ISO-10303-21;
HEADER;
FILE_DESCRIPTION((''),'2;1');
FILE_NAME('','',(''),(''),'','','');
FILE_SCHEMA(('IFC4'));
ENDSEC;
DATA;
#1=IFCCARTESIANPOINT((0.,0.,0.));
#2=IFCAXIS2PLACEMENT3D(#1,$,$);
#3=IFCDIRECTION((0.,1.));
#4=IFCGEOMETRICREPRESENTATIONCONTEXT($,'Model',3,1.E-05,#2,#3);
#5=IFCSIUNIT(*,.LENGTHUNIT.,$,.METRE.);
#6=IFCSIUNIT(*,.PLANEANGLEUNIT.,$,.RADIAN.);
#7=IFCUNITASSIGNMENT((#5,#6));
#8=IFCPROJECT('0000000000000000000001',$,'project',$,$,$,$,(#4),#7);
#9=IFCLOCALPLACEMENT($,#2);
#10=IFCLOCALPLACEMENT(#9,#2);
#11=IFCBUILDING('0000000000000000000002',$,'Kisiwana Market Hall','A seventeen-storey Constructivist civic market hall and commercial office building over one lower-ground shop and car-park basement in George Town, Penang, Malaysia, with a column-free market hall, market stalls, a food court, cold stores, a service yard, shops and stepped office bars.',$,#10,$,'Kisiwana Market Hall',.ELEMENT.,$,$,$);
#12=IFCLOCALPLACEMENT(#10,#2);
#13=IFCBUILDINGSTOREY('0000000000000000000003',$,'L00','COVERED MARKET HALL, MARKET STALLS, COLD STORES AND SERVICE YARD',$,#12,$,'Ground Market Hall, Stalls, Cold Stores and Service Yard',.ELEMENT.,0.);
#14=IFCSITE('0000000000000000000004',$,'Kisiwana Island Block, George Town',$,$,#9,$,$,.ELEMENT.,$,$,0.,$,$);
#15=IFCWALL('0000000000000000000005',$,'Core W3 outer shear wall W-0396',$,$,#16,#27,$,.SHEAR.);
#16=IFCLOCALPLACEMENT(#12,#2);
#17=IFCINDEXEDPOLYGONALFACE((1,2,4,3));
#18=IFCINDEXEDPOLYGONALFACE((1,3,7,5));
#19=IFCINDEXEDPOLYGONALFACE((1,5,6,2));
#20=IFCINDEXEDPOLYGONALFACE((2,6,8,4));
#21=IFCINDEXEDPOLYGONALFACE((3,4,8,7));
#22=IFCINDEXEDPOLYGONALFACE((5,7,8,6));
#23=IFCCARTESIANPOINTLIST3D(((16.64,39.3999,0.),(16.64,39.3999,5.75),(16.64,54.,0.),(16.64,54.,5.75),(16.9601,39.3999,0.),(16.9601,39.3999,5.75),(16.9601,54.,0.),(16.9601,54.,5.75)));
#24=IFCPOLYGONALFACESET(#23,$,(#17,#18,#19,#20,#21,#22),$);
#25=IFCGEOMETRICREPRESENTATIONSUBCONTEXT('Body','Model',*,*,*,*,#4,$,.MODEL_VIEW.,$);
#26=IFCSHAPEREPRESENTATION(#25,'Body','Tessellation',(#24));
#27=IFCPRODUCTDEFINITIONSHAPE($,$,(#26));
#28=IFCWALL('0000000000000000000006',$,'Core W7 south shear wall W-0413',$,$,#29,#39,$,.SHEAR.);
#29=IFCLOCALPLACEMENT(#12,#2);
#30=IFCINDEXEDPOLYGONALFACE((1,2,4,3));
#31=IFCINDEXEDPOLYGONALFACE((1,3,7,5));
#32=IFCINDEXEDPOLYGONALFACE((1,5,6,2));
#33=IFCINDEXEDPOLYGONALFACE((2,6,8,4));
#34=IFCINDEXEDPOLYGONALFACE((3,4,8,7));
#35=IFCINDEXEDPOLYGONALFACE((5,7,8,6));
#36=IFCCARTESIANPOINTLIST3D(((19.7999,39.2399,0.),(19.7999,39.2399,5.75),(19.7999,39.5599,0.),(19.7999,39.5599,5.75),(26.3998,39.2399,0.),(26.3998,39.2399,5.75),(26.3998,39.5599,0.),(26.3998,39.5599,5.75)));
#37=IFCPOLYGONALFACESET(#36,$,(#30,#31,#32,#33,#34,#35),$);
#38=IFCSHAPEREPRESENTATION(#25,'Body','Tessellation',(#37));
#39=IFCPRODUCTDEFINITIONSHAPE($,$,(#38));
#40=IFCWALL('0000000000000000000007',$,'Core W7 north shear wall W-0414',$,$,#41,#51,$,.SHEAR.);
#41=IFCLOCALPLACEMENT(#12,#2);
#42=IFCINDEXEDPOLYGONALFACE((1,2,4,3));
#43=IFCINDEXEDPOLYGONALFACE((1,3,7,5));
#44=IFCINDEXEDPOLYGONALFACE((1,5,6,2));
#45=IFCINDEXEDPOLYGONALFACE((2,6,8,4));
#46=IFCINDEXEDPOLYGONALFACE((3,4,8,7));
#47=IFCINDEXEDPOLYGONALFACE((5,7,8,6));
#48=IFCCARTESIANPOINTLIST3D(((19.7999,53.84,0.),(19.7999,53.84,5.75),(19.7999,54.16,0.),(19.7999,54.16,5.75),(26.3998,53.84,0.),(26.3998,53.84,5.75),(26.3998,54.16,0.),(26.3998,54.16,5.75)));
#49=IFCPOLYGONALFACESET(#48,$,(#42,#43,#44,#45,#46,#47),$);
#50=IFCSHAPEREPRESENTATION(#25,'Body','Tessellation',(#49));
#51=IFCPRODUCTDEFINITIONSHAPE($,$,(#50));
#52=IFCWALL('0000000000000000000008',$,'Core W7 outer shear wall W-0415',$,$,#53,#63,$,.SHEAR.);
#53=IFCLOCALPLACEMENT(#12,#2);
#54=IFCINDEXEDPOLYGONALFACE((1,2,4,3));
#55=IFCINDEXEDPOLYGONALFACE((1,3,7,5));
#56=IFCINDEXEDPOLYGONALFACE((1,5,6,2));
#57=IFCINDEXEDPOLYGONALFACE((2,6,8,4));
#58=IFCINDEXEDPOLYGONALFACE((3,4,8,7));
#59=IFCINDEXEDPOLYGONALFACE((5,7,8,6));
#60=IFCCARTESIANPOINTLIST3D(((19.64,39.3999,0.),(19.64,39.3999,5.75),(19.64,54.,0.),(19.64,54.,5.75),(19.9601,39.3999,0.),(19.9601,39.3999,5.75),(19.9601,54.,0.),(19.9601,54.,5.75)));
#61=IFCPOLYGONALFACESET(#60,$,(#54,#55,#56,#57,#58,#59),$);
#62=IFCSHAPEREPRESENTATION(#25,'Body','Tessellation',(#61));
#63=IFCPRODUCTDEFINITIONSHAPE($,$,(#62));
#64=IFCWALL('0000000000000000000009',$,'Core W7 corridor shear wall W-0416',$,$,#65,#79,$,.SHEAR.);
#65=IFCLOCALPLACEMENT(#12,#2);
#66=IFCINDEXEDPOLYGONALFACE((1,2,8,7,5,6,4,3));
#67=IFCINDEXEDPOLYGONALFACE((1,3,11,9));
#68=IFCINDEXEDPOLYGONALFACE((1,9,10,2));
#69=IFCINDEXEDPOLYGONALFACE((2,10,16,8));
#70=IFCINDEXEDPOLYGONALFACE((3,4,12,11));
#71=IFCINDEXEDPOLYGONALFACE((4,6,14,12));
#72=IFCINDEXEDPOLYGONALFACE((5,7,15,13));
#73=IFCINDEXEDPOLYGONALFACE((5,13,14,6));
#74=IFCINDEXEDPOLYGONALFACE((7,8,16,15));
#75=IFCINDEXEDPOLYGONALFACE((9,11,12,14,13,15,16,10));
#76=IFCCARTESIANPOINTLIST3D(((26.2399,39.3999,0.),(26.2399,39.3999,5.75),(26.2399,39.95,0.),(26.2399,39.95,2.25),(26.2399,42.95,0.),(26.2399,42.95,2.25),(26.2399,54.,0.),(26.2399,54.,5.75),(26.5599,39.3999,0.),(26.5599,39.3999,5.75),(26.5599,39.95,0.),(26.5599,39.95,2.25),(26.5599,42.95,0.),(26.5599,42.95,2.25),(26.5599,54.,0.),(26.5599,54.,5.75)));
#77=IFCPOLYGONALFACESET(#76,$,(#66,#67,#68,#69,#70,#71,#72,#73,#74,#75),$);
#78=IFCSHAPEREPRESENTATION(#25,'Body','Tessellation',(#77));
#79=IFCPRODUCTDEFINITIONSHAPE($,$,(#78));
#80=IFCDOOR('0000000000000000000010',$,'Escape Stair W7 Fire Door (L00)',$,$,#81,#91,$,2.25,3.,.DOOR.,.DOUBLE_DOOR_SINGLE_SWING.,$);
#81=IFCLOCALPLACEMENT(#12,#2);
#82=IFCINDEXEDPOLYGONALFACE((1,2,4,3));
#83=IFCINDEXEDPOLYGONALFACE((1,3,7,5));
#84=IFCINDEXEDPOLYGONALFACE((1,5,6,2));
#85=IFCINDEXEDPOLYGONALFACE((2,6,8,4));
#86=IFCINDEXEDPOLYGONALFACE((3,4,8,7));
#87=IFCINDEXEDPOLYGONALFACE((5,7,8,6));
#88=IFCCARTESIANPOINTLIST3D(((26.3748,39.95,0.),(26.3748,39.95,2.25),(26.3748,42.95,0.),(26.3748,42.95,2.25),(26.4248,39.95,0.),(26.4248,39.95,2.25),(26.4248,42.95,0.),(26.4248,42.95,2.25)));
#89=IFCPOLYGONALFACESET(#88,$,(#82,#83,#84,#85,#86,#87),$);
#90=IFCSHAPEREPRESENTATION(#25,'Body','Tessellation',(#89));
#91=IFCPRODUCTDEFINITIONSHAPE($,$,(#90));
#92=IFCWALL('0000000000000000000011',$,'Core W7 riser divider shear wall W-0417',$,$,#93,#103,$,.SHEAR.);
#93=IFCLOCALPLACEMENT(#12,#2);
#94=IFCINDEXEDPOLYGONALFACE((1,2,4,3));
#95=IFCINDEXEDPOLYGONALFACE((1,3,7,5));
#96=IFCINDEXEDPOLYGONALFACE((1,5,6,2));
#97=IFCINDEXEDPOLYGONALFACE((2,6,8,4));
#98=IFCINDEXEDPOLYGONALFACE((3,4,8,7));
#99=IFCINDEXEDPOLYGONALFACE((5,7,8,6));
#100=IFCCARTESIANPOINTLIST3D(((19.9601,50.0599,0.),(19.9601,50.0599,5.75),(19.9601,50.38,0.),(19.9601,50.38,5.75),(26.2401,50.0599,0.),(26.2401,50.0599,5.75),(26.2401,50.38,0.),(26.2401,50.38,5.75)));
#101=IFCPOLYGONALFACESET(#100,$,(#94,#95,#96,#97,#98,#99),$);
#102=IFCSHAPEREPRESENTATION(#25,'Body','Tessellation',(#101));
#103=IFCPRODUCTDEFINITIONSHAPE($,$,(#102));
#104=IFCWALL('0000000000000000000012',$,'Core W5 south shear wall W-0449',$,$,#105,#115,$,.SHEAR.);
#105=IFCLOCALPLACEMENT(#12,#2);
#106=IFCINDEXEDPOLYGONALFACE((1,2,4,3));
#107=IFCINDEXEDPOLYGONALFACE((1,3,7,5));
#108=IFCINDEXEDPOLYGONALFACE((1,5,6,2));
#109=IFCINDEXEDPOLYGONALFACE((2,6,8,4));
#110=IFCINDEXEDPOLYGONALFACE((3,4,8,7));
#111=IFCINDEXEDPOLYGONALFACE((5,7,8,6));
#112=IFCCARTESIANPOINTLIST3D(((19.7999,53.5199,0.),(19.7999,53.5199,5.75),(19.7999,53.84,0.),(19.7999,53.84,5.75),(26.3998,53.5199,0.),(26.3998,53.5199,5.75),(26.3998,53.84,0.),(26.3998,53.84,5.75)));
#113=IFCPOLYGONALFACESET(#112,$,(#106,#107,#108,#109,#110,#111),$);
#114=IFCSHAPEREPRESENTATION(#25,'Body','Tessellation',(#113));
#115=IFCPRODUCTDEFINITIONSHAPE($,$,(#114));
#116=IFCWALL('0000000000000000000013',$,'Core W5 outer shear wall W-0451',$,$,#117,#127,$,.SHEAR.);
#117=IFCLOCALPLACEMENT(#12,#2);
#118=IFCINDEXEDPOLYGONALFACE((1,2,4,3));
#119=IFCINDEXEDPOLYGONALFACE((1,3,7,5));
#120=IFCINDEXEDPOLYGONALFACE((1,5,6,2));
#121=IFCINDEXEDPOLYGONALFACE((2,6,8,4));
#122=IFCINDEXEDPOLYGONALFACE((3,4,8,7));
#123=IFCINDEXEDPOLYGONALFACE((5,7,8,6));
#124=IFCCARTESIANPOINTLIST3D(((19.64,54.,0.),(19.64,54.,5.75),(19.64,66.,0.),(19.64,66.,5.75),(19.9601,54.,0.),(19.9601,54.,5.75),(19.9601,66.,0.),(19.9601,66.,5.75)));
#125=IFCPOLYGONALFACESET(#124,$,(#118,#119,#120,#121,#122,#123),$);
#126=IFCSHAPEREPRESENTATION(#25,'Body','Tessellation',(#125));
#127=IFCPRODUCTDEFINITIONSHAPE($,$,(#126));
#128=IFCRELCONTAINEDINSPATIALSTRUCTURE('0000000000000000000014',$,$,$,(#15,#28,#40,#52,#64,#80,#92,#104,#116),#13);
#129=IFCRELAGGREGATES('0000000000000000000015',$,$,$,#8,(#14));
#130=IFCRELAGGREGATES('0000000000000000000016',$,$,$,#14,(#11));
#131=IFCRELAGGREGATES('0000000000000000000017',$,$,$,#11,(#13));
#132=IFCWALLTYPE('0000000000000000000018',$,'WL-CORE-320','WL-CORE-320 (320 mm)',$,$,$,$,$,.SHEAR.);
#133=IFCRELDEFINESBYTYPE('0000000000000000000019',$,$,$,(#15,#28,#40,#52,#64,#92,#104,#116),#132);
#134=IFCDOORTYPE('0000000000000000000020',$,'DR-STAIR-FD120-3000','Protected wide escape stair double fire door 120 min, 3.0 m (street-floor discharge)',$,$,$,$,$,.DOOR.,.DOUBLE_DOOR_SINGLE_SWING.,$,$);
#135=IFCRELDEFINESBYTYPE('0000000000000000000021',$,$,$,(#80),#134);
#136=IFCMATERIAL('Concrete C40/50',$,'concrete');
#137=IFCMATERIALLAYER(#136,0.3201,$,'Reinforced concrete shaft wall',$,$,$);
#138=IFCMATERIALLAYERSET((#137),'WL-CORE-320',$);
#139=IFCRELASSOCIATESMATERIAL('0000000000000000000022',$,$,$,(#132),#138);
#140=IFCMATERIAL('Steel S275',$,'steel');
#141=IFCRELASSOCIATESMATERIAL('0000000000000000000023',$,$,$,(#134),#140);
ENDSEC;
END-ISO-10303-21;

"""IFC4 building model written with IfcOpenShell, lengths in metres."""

from ifc_helpers import new_model, si_unit, direction, frame, frame_2d, origin, place, context, subcontext, project, spatial, rectangle, extrude, material, layer, layer_set, type_object, element, fill, save


model = new_model("IFC4")

# Units and contexts
model_context = context("Model", 3, precision=1e-05, world=origin(), true_north=direction((0.0, 1.0)))
body_context = subcontext(model_context, "Body", "Model", "MODEL_VIEW")
ifc_project = project(units=[si_unit("LENGTHUNIT", "METRE"), si_unit("PLANEANGLEUNIT", "RADIAN")], contexts=[model_context])

# Site, building, storey
site_placement = place(None, origin())
site = spatial("IfcSite", under=ifc_project, at=site_placement, Name="Kisiwana Island Block, George Town", CompositionType="ELEMENT", RefElevation=0.0)
building_placement = place(site_placement, origin())
building = spatial("IfcBuilding", under=site, at=building_placement, Name="Kisiwana Market Hall", Description="A seventeen-storey Constructivist civic market hall and commercial office building over one lower-ground shop and car-park basement in George Town, Penang, Malaysia, with a column-free market hall, market stalls, a food court, cold stores, a service yard, shops and stepped office bars.", LongName="Kisiwana Market Hall", CompositionType="ELEMENT")
storey_placement = place(building_placement, origin())
storey = spatial("IfcBuildingStorey", under=building, at=storey_placement, Name="L00", Description="COVERED MARKET HALL, MARKET STALLS, COLD STORES AND SERVICE YARD", LongName="Ground Market Hall, Stalls, Cold Stores and Service Yard", CompositionType="ELEMENT", Elevation=0.0)

# Walls
ifc_material_1 = material(Name="Concrete C40/50", Category="concrete")
ifc_layer_1 = layer(ifc_material_1, 0.3201, Name="Reinforced concrete shaft wall")
ifc_layer_set_1 = layer_set([ifc_layer_1], Name="WL-CORE-320")
wall_type_1 = type_object("IfcWallType", Name="WL-CORE-320", Description="WL-CORE-320 (320 mm)", PredefinedType="SHEAR", material=ifc_layer_set_1)
wall_1_placement = place(storey_placement, frame((16.8, 39.3999, 0.0), z_axis=(0.0, 0.0, 1.0), x_axis=(0.0, 1.0, 0.0)))
element("IfcWall", 1, at=wall_1_placement, inside=storey, type_object=wall_type_1, Name="Core W3 outer shear wall W-0396", PredefinedType="SHEAR", context=body_context, shape_type="SweptSolid", body=[
    extrude(rectangle(XDim=14.6001, YDim=0.3201, at=frame_2d((7.3, 0.0))), origin(), (0.0, 0.0, 1.0), 5.75),
])
for number, where, z_axis, x_axis, name in (
    (2, (19.8, 39.3999, 0.0), (0.0, 0.0, 1.0), (1.0, 0.0, 0.0), "Core W7 south shear wall W-0413"),
    (3, (19.8, 54.0, 0.0), (0.0, 0.0, 1.0), (1.0, 0.0, 0.0), "Core W7 north shear wall W-0414"),
):
    element("IfcWall", number, at=place(storey_placement, frame(where, z_axis=z_axis, x_axis=x_axis)), inside=storey, type_object=wall_type_1, Name=name, PredefinedType="SHEAR", context=body_context, shape_type="SweptSolid", body=[
        extrude(rectangle(XDim=6.5999, YDim=0.3201, at=frame_2d((3.2998, 0.0))), origin(), (0.0, 0.0, 1.0), 5.75),
    ])
wall_2_placement = place(storey_placement, frame((19.8, 39.3999, 0.0), z_axis=(0.0, 0.0, 1.0), x_axis=(0.0, 1.0, 0.0)))
element("IfcWall", 4, at=wall_2_placement, inside=storey, type_object=wall_type_1, Name="Core W7 outer shear wall W-0415", PredefinedType="SHEAR", context=body_context, shape_type="SweptSolid", body=[
    extrude(rectangle(XDim=14.6001, YDim=0.3201, at=frame_2d((7.3, 0.0))), origin(), (0.0, 0.0, 1.0), 5.75),
])

# Wall, opening, door
wall_3_placement = place(storey_placement, frame((26.3999, 39.3999, 0.0), z_axis=(0.0, 0.0, 1.0), x_axis=(0.0, 1.0, 0.0)))
wall_3 = element("IfcWall", 5, at=wall_3_placement, inside=storey, type_object=wall_type_1, Name="Core W7 corridor shear wall W-0416", PredefinedType="SHEAR", context=body_context, shape_type="SweptSolid", body=[
    extrude(rectangle(XDim=14.6001, YDim=0.3201, at=frame_2d((7.3, 0.0))), origin(), (0.0, 0.0, 1.0), 5.75),
])
opening_1_placement = place(wall_3_placement, frame((0.55, 0.0, 0.0)))
opening_1 = element("IfcOpeningElement", 6, at=opening_1_placement, cuts=wall_3, PredefinedType="OPENING", context=body_context, shape_type="SweptSolid", body=[
    extrude(rectangle(XDim=3.0, YDim=2.25, at=frame_2d((1.5, 1.125))), frame((0.0, 0.1719, 0.0), z_axis=(0.0, -1.0, 0.0), x_axis=(1.0, 0.0, 0.0)), (0.0, 0.0, 1.0), 0.344),
])
ifc_material_2 = material(Name="Steel S275", Category="steel")
door_type_1 = type_object("IfcDoorType", Name="DR-STAIR-FD120-3000", Description="Protected wide escape stair double fire door 120 min, 3.0 m (street-floor discharge)", OperationType="DOUBLE_DOOR_SINGLE_SWING", PredefinedType="DOOR", material=ifc_material_2)
door_1_placement = place(opening_1_placement, frame((3.0, 0.0, 0.0), z_axis=(0.0, 0.0, 1.0), x_axis=(-1.0, 0.0, 0.0)))
door_1 = element("IfcDoor", 7, at=door_1_placement, inside=storey, type_object=door_type_1, Name="Escape Stair W7 Fire Door (L00)", OperationType="DOUBLE_DOOR_SINGLE_SWING", OverallHeight=2.25, OverallWidth=3.0, PredefinedType="DOOR", context=body_context, shape_type="SweptSolid", body=[
    extrude(rectangle(XDim=3.0, YDim=2.25, at=frame_2d((1.5, 1.125))), frame((0.0, 0.0249, 0.0), z_axis=(0.0, -1.0, 0.0), x_axis=(1.0, 0.0, 0.0)), (0.0, 0.0, 1.0), 0.05),
])
fill(opening_1, door_1)

# Walls
wall_4_placement = place(storey_placement, frame((19.96, 50.22, 0.0), z_axis=(0.0, 0.0, 1.0), x_axis=(1.0, 0.0, 0.0)))
element("IfcWall", 8, at=wall_4_placement, inside=storey, type_object=wall_type_1, Name="Core W7 riser divider shear wall W-0417", PredefinedType="SHEAR", context=body_context, shape_type="SweptSolid", body=[
    extrude(rectangle(XDim=6.28, YDim=0.3201, at=frame_2d((3.1401, 0.0))), origin(), (0.0, 0.0, 1.0), 5.75),
])
wall_5_placement = place(storey_placement, frame((19.8, 53.6799, 0.0), z_axis=(0.0, 0.0, 1.0), x_axis=(1.0, 0.0, 0.0)))
element("IfcWall", 9, at=wall_5_placement, inside=storey, type_object=wall_type_1, Name="Core W5 south shear wall W-0449", PredefinedType="SHEAR", context=body_context, shape_type="SweptSolid", body=[
    extrude(rectangle(XDim=6.5999, YDim=0.3201, at=frame_2d((3.2998, 0.0))), origin(), (0.0, 0.0, 1.0), 5.75),
])
wall_6_placement = place(storey_placement, frame((19.8, 54.0, 0.0), z_axis=(0.0, 0.0, 1.0), x_axis=(0.0, 1.0, 0.0)))
element("IfcWall", 10, at=wall_6_placement, inside=storey, type_object=wall_type_1, Name="Core W5 outer shear wall W-0451", PredefinedType="SHEAR", context=body_context, shape_type="SweptSolid", body=[
    extrude(rectangle(XDim=12.0, YDim=0.3201, at=frame_2d((6.0, 0.0))), origin(), (0.0, 0.0, 1.0), 5.75),
])

save(model, "model.ifc")
